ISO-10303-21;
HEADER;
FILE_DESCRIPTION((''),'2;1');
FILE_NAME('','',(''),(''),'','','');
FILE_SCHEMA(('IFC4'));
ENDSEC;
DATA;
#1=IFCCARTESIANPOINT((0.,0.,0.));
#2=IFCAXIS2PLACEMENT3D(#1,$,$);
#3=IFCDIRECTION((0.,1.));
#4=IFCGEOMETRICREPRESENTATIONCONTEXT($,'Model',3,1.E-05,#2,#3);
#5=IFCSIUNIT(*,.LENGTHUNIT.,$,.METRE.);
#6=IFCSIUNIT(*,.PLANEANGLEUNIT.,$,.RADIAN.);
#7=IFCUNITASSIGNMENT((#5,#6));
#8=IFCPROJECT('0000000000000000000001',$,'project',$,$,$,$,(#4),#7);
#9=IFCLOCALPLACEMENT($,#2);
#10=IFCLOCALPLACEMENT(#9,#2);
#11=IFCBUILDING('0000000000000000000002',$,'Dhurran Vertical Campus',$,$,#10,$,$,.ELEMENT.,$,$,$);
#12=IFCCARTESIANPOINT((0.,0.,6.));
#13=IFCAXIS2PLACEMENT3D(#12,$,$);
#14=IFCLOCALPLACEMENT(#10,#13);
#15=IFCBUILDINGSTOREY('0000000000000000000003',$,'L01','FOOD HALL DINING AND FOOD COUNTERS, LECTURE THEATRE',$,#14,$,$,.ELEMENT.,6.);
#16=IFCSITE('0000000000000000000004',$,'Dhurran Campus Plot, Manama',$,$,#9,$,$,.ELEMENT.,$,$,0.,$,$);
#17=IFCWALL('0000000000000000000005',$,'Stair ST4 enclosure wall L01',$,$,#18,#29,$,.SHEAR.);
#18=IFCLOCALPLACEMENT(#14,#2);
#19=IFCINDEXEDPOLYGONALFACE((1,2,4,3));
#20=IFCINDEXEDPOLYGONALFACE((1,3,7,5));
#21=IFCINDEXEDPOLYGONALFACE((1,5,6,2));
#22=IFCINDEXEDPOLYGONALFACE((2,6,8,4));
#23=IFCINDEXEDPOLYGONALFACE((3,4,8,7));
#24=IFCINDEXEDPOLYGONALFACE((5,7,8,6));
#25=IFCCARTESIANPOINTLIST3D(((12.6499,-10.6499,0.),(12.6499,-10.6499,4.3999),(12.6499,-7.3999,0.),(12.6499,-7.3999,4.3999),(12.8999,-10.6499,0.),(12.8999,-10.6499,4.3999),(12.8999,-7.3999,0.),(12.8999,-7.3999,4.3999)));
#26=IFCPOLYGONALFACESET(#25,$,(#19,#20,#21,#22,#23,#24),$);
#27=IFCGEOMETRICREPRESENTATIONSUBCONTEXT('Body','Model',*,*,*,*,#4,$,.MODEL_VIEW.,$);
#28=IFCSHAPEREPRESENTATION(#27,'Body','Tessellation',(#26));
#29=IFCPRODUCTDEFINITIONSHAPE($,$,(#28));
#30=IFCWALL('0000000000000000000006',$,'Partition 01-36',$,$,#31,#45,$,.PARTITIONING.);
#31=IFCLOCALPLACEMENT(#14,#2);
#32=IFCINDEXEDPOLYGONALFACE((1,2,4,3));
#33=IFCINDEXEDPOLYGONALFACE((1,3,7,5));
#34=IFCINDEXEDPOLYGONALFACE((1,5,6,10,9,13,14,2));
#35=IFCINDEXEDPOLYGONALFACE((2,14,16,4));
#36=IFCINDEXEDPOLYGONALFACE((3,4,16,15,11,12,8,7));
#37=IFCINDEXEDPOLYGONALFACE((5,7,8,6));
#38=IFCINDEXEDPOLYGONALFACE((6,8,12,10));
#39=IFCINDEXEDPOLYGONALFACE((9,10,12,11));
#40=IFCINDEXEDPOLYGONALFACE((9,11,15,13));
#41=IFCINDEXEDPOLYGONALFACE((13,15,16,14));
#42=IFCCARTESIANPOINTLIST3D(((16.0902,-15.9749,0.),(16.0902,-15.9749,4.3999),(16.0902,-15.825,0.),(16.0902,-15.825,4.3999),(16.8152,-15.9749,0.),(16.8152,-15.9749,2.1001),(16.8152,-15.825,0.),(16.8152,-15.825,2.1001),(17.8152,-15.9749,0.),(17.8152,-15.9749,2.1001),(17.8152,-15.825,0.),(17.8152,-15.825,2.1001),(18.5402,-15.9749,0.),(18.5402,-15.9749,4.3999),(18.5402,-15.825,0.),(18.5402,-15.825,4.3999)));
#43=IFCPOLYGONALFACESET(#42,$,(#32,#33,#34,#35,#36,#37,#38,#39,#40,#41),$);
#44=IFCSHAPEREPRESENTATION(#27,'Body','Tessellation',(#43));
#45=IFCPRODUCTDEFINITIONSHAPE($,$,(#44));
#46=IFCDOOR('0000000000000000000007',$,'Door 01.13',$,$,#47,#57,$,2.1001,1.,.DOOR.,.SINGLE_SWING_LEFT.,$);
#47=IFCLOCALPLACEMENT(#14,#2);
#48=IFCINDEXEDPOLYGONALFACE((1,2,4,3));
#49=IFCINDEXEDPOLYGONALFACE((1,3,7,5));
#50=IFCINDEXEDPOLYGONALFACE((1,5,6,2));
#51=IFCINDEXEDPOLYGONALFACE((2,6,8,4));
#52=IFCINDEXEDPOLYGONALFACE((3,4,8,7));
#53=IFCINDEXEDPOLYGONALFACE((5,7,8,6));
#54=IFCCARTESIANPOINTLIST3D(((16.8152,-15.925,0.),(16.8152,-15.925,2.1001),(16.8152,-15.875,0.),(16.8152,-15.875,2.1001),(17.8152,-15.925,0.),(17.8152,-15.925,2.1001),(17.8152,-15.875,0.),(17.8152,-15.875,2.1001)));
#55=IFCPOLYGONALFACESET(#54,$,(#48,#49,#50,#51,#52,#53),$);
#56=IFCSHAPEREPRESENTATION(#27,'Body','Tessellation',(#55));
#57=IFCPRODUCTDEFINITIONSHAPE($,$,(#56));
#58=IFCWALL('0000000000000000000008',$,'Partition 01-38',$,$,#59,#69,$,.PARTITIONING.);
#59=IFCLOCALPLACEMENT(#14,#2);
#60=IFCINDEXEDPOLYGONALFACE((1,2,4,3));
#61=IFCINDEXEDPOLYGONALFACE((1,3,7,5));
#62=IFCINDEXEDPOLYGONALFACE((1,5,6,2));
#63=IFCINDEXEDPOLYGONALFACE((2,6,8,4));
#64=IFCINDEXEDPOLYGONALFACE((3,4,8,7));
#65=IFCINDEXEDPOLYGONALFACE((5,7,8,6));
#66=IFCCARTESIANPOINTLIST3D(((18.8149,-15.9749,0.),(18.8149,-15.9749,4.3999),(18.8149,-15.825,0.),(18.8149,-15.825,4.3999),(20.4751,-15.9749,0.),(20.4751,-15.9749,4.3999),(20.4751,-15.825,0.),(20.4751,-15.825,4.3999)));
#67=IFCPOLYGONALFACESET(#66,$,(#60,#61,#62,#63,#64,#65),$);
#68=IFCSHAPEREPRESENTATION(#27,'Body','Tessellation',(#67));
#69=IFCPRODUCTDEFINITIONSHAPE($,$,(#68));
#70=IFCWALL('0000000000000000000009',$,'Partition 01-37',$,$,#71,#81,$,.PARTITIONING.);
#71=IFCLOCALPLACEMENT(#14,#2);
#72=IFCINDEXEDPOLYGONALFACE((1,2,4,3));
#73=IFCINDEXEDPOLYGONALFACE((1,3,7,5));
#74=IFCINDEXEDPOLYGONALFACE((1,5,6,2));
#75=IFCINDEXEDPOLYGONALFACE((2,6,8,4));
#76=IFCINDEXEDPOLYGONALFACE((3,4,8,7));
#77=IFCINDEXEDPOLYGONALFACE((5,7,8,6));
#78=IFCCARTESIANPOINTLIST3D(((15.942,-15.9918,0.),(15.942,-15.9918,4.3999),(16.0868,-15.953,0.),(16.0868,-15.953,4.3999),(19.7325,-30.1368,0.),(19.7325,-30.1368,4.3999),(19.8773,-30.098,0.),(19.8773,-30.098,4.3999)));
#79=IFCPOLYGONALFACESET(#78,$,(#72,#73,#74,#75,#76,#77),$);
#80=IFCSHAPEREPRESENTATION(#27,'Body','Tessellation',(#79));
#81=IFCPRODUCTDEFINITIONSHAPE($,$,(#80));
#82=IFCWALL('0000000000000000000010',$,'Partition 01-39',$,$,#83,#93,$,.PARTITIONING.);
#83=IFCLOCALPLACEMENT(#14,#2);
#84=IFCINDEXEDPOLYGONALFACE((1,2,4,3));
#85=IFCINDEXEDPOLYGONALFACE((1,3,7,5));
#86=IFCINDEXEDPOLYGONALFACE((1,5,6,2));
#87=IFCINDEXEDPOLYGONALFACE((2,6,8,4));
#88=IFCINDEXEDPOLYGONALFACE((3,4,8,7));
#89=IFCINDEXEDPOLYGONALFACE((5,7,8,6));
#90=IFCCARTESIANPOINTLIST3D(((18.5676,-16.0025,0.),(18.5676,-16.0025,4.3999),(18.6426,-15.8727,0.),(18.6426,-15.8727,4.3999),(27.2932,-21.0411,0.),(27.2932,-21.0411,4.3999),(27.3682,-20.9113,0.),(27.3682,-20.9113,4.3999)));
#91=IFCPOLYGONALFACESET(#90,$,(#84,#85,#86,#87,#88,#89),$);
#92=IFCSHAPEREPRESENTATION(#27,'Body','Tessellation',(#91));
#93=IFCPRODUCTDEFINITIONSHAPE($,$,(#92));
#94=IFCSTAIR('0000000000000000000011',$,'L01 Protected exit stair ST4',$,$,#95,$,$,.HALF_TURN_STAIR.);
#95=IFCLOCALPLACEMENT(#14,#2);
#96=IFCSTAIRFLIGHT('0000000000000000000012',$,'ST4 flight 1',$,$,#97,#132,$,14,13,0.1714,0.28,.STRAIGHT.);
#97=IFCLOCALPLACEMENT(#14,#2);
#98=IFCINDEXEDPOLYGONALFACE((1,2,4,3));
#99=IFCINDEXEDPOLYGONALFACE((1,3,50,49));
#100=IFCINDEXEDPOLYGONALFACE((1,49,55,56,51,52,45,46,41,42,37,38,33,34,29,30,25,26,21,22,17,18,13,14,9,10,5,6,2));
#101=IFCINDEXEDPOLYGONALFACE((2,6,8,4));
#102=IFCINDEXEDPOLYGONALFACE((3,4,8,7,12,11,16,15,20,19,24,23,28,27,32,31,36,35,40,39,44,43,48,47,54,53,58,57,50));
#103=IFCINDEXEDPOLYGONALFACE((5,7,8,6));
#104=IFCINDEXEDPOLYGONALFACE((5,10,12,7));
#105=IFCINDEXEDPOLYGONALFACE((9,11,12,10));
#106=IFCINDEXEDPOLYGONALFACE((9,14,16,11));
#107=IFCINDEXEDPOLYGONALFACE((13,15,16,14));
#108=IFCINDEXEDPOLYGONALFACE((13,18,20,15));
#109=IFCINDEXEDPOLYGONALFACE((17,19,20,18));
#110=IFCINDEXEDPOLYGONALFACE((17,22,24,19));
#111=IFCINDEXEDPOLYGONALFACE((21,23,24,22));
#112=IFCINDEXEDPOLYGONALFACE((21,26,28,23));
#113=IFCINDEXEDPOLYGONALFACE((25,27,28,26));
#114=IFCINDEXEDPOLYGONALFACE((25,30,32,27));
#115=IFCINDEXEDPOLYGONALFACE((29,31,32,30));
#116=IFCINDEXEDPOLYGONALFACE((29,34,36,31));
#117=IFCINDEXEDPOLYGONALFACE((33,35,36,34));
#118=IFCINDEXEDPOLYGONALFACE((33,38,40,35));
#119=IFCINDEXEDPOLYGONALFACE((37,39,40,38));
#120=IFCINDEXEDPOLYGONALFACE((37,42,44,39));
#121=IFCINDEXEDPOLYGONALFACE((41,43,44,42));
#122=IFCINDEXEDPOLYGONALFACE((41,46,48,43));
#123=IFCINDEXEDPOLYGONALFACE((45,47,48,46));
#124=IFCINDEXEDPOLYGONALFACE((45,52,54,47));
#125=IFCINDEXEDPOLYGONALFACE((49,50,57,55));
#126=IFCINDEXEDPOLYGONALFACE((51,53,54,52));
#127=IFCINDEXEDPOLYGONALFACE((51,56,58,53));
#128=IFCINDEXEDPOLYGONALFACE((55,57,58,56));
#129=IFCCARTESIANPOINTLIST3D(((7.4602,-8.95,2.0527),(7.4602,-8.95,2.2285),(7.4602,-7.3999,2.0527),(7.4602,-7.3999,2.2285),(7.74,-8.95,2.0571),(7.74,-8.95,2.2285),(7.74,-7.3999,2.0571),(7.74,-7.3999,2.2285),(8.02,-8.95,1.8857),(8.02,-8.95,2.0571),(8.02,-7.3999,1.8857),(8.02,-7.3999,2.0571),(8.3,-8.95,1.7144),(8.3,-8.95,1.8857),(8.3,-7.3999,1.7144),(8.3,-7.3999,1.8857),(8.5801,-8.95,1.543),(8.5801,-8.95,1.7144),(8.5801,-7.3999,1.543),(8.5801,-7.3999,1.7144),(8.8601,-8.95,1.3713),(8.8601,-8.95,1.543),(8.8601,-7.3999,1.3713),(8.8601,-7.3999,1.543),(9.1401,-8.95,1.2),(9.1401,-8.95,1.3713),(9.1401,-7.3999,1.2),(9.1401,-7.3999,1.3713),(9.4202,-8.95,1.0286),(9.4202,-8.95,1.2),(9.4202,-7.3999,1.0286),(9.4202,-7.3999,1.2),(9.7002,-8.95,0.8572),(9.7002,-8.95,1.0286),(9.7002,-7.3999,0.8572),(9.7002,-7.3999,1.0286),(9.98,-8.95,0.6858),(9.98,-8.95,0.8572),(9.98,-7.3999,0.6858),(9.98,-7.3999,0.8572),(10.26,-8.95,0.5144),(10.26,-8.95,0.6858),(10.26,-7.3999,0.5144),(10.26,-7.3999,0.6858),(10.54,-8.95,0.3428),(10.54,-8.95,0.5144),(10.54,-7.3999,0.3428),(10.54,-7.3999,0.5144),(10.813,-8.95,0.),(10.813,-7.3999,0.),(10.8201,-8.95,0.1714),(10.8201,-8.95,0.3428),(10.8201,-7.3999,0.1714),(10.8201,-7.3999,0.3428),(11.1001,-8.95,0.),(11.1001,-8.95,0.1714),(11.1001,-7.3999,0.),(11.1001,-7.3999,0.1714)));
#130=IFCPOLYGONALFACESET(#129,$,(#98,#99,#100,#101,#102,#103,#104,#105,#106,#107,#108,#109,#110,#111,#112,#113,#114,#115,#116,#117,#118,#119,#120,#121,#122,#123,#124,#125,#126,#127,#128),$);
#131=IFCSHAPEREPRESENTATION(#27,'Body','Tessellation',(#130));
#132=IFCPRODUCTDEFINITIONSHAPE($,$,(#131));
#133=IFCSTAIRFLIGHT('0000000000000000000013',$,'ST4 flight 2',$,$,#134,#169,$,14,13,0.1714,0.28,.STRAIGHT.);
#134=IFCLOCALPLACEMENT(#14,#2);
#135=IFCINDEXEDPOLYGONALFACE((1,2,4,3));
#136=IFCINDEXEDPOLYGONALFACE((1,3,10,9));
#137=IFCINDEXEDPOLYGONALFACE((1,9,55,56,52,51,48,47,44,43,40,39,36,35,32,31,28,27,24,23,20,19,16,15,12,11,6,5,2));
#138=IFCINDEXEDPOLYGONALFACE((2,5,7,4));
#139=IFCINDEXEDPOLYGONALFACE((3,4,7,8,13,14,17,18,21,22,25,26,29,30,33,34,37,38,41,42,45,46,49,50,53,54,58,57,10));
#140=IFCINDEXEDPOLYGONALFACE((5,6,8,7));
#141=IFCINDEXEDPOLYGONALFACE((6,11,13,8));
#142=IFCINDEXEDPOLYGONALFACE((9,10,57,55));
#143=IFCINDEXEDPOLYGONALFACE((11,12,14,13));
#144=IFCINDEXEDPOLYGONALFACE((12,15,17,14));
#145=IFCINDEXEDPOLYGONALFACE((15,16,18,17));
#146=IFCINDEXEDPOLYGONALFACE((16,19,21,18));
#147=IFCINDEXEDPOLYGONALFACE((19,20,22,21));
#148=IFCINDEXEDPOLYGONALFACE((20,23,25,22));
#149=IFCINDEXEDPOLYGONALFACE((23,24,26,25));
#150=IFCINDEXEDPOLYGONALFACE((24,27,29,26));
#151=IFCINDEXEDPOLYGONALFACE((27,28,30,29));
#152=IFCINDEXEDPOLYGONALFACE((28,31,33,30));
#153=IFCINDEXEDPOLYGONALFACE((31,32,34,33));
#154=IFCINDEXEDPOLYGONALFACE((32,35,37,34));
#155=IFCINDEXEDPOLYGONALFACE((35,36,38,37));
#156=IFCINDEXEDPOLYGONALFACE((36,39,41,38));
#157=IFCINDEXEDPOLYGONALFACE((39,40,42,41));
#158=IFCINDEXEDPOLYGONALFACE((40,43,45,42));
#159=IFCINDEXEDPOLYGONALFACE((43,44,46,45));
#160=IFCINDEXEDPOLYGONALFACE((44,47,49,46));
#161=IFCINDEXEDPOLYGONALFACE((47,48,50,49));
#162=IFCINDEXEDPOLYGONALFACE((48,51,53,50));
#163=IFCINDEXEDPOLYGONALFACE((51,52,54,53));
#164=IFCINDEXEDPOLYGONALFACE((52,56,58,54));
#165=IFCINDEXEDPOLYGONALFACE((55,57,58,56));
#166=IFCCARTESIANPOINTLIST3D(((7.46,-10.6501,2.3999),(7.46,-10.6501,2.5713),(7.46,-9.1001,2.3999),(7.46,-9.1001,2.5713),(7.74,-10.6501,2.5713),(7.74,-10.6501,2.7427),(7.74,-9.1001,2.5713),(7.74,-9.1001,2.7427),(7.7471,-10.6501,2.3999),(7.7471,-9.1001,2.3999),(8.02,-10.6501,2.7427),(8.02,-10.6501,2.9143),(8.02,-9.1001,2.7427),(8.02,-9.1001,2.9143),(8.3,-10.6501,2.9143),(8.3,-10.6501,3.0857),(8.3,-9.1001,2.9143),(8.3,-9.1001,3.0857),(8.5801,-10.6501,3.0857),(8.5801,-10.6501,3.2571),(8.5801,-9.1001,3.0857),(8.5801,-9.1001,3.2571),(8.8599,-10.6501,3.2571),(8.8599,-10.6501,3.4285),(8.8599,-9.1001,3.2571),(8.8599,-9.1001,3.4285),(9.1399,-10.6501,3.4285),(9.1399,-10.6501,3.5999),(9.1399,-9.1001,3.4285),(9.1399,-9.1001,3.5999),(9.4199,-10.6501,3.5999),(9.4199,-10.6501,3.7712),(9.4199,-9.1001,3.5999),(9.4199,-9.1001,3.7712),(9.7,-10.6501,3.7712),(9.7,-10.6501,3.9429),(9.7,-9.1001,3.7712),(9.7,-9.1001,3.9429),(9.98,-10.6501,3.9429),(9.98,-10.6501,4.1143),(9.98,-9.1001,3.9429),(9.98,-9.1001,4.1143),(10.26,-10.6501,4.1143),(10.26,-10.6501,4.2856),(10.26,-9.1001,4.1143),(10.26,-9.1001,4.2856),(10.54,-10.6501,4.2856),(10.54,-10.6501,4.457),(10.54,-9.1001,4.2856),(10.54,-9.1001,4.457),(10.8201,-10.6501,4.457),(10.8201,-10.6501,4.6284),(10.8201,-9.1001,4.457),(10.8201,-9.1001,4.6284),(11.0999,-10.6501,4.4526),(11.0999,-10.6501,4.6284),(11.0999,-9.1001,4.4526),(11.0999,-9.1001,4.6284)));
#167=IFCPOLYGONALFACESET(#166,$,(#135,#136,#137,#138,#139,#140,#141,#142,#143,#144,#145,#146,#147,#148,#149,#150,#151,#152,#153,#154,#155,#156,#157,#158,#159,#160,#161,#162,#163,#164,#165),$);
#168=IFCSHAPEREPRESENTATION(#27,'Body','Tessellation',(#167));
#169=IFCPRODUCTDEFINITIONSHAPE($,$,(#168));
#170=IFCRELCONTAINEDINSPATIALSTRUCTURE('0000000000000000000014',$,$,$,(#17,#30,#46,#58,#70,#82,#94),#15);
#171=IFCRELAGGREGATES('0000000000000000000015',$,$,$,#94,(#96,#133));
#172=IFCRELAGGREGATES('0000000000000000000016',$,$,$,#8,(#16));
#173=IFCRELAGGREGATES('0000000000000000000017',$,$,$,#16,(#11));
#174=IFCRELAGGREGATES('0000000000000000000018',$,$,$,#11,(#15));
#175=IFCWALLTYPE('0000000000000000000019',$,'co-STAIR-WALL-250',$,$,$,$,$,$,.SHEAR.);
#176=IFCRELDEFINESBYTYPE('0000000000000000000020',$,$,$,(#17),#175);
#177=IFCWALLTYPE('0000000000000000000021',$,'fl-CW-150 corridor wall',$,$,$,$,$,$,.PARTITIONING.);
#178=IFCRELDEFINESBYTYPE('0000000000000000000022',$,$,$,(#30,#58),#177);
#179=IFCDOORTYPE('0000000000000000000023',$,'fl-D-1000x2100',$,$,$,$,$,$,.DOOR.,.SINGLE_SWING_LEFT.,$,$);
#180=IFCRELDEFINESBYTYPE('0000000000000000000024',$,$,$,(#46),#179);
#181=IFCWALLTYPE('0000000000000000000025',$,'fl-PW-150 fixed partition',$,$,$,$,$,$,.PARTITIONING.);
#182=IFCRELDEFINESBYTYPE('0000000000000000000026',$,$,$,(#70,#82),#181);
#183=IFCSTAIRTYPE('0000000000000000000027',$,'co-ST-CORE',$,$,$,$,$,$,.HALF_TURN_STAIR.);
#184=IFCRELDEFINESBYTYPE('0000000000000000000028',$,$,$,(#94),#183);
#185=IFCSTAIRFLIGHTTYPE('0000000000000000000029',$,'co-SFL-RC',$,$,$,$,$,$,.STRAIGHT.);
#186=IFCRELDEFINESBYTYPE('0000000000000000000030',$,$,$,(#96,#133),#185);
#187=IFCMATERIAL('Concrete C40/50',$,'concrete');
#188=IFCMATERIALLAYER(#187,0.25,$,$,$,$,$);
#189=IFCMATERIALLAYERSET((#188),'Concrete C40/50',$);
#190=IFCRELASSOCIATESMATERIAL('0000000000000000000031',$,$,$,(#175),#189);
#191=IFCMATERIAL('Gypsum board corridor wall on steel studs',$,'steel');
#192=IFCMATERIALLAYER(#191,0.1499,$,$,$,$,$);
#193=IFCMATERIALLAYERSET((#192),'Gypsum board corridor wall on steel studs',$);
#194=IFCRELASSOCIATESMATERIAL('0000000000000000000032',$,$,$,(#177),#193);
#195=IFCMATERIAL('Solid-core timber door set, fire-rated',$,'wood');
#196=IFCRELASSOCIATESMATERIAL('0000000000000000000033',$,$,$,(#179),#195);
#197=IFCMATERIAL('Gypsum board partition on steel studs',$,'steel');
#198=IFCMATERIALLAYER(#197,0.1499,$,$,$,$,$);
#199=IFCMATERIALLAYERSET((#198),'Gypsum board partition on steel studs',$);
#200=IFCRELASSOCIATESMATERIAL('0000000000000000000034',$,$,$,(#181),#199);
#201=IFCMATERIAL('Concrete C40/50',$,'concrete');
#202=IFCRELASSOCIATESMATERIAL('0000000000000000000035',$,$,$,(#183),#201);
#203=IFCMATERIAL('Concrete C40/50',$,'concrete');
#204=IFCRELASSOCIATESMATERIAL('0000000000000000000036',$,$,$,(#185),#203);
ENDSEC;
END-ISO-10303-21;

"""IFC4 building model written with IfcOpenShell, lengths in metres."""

from ifc_helpers import new_model, si_unit, direction, frame, frame_2d, origin, place, context, subcontext, project, spatial, polyline, rectangle, outline, extrude, material, layer, layer_set, type_object, element, fill, aggregate, save


model = new_model("IFC4")

# Units and contexts
model_context = context("Model", 3, precision=1e-05, world=origin(), true_north=direction((0.0, 1.0)))
body_context = subcontext(model_context, "Body", "Model", "MODEL_VIEW")
ifc_project = project(units=[si_unit("LENGTHUNIT", "METRE"), si_unit("PLANEANGLEUNIT", "RADIAN")], contexts=[model_context])

# Site, building, storey
site_placement = place(None, origin())
site = spatial("IfcSite", under=ifc_project, at=site_placement, Name="Dhurran Campus Plot, Manama", CompositionType="ELEMENT", RefElevation=0.0)
building_placement = place(site_placement, origin())
building = spatial("IfcBuilding", under=site, at=building_placement, Name="Dhurran Vertical Campus", CompositionType="ELEMENT")
storey_placement = place(building_placement, frame((0.0, 0.0, 6.0)))
storey = spatial("IfcBuildingStorey", under=building, at=storey_placement, Name="L01", Description="FOOD HALL DINING AND FOOD COUNTERS, LECTURE THEATRE", CompositionType="ELEMENT", Elevation=6.0)

# Wall
ifc_material_1 = material(Name="Concrete C40/50", Category="concrete")
ifc_layer_1 = layer(ifc_material_1, 0.25)
ifc_layer_set_1 = layer_set([ifc_layer_1], Name="Concrete C40/50")
wall_type_1 = type_object("IfcWallType", Name="co-STAIR-WALL-250", PredefinedType="SHEAR", material=ifc_layer_set_1)
wall_1_placement = place(storey_placement, frame((12.7749, -10.6499, 0.0), z_axis=(0.0, 0.0, 1.0), x_axis=(0.0, 1.0, 0.0)))
element("IfcWall", 1, at=wall_1_placement, inside=storey, type_object=wall_type_1, Name="Stair ST4 enclosure wall L01", PredefinedType="SHEAR", context=body_context, shape_type="SweptSolid", body=[
    extrude(rectangle(XDim=3.25, YDim=0.25, at=frame_2d((1.625, 0.0))), origin(), (0.0, 0.0, 1.0), 4.3999),
])

# Wall, opening, door
ifc_material_2 = material(Name="Gypsum board corridor wall on steel studs", Category="steel")
ifc_layer_2 = layer(ifc_material_2, 0.1499)
ifc_layer_set_2 = layer_set([ifc_layer_2], Name="Gypsum board corridor wall on steel studs")
wall_type_2 = type_object("IfcWallType", Name="fl-CW-150 corridor wall", PredefinedType="PARTITIONING", material=ifc_layer_set_2)
wall_2_placement = place(storey_placement, frame((16.0901, -15.8999, 0.0), z_axis=(0.0, 0.0, 1.0), x_axis=(1.0, 0.0, 0.0)))
wall_2 = element("IfcWall", 2, at=wall_2_placement, inside=storey, type_object=wall_type_2, Name="Partition 01-36", PredefinedType="PARTITIONING", context=body_context, shape_type="SweptSolid", body=[
    extrude(rectangle(XDim=2.45, YDim=0.1499, at=frame_2d((1.2251, 0.0))), origin(), (0.0, 0.0, 1.0), 4.3999),
])
opening_1_placement = place(wall_2_placement, frame((0.7251, 0.0, 0.0)))
opening_1 = element("IfcOpeningElement", 3, at=opening_1_placement, cuts=wall_2, PredefinedType="OPENING", context=body_context, shape_type="SweptSolid", body=[
    extrude(rectangle(XDim=1.0, YDim=2.1001, at=frame_2d((0.5, 1.05))), frame((0.0, 0.085, 0.0), z_axis=(0.0, -1.0, 0.0), x_axis=(1.0, 0.0, 0.0)), (0.0, 0.0, 1.0), 0.1699),
])
ifc_material_3 = material(Name="Solid-core timber door set, fire-rated", Category="wood")
door_type_1 = type_object("IfcDoorType", Name="fl-D-1000x2100", OperationType="SINGLE_SWING_LEFT", PredefinedType="DOOR", material=ifc_material_3)
door_1_placement = place(opening_1_placement, origin())
door_1 = element("IfcDoor", 4, at=door_1_placement, inside=storey, type_object=door_type_1, Name="Door 01.13", OperationType="SINGLE_SWING_LEFT", OverallHeight=2.1001, OverallWidth=1.0, PredefinedType="DOOR", context=body_context, shape_type="SweptSolid", body=[
    extrude(rectangle(XDim=1.0, YDim=2.1001, at=frame_2d((0.5, 1.05))), frame((0.0, 0.0249, 0.0), z_axis=(0.0, -1.0, 0.0), x_axis=(1.0, 0.0, 0.0)), (0.0, 0.0, 1.0), 0.05),
])
fill(opening_1, door_1)

# Walls
wall_3_placement = place(storey_placement, frame((18.8149, -15.8999, 0.0), z_axis=(0.0, 0.0, 1.0), x_axis=(1.0, 0.0, 0.0)))
element("IfcWall", 5, at=wall_3_placement, inside=storey, type_object=wall_type_2, Name="Partition 01-38", PredefinedType="PARTITIONING", context=body_context, shape_type="SweptSolid", body=[
    extrude(rectangle(XDim=1.6602, YDim=0.1499, at=frame_2d((0.8301, 0.0))), origin(), (0.0, 0.0, 1.0), 4.3999),
])
ifc_material_4 = material(Name="Gypsum board partition on steel studs", Category="steel")
ifc_layer_3 = layer(ifc_material_4, 0.1499)
ifc_layer_set_3 = layer_set([ifc_layer_3], Name="Gypsum board partition on steel studs")
wall_type_3 = type_object("IfcWallType", Name="fl-PW-150 fixed partition", PredefinedType="PARTITIONING", material=ifc_layer_set_3)
wall_4_placement = place(storey_placement, frame((16.0144, -15.9724, 0.0), z_axis=(0.0, 0.0, 1.0), x_axis=(0.258843, -0.965919, 0.0)))
element("IfcWall", 6, at=wall_4_placement, inside=storey, type_object=wall_type_3, Name="Partition 01-37", PredefinedType="PARTITIONING", context=body_context, shape_type="SweptSolid", body=[
    extrude(rectangle(XDim=14.644, YDim=0.1499, at=frame_2d((7.322, 0.0))), origin(), (0.0, 0.0, 1.0), 4.3999),
])
wall_5_placement = place(storey_placement, frame((18.605, -15.9375, 0.0), z_axis=(0.0, 0.0, 1.0), x_axis=(0.865989, -0.500064, 0.0)))
element("IfcWall", 7, at=wall_5_placement, inside=storey, type_object=wall_type_3, Name="Partition 01-39", PredefinedType="PARTITIONING", context=body_context, shape_type="SweptSolid", body=[
    extrude(rectangle(XDim=10.0759, YDim=0.1499, at=frame_2d((5.0381, 0.0))), origin(), (0.0, 0.0, 1.0), 4.3999),
])

# Stair, stair flights
ifc_material_5 = material(Name="Concrete C40/50", Category="concrete")
stair_type = type_object("IfcStairType", Name="co-ST-CORE", PredefinedType="HALF_TURN_STAIR", material=ifc_material_5)
stair_placement = place(storey_placement, origin())
stair = element("IfcStair", 8, at=stair_placement, inside=storey, type_object=stair_type, Name="L01 Protected exit stair ST4", PredefinedType="HALF_TURN_STAIR")
ifc_material_6 = material(Name="Concrete C40/50", Category="concrete")
stair_flight_type = type_object("IfcStairFlightType", Name="co-SFL-RC", PredefinedType="STRAIGHT", material=ifc_material_6)
stair_flight_1_placement = place(storey_placement, frame((11.1001, -8.175, 0.0), z_axis=(0.0, 0.0, 1.0), x_axis=(-1.0, 0.0, 0.0)))
stair_flight_1 = element("IfcStairFlight", 9, at=stair_flight_1_placement, type_object=stair_flight_type, Name="ST4 flight 1", NumberOfRisers=14, NumberOfTreads=13, PredefinedType="STRAIGHT", RiserHeight=0.1714, TreadLength=0.28, context=body_context, shape_type="SweptSolid", body=[
    extrude(outline(polyline([(0.0, 0.0), (0.0, 0.1714), (0.28, 0.1714), (0.28, 0.3428), (0.5601, 0.3428), (0.5601, 0.5144), (0.8401, 0.5144), (0.8401, 0.6858), (1.1201, 0.6858), (1.1201, 0.8572), (1.3999, 0.8572), (1.3999, 1.0286), (1.6799, 1.0286), (1.6799, 1.2), (1.96, 1.2), (1.96, 1.3713), (2.24, 1.3713), (2.24, 1.543), (2.52, 1.543), (2.52, 1.7144), (2.8, 1.7144), (2.8, 1.8857), (3.0801, 1.8857), (3.0801, 2.0571), (3.3601, 2.0571), (3.3601, 2.2285), (3.6399, 2.2285), (3.6399, 2.3999), (3.6399, 2.0527), (0.2871, 0.0), (0.0, 0.0)])), frame((0.0, 0.7749, 0.0), z_axis=(0.0, -1.0, 0.0), x_axis=(1.0, 0.0, 0.0)), (0.0, 0.0, 1.0), 1.55),
])
stair_flight_2_placement = place(storey_placement, frame((7.46, -9.875, 2.3999), z_axis=(0.0, 0.0, 1.0), x_axis=(1.0, 0.0, 0.0)))
stair_flight_2 = element("IfcStairFlight", 10, at=stair_flight_2_placement, type_object=stair_flight_type, Name="ST4 flight 2", NumberOfRisers=14, NumberOfTreads=13, PredefinedType="STRAIGHT", RiserHeight=0.1714, TreadLength=0.28, context=body_context, shape_type="SweptSolid", body=[
    extrude(outline(polyline([(0.0, 0.0), (0.0, 0.1714), (0.28, 0.1714), (0.28, 0.3428), (0.5601, 0.3428), (0.5601, 0.5144), (0.8401, 0.5144), (0.8401, 0.6858), (1.1201, 0.6858), (1.1201, 0.8572), (1.3999, 0.8572), (1.3999, 1.0286), (1.6799, 1.0286), (1.6799, 1.2), (1.96, 1.2), (1.96, 1.3713), (2.24, 1.3713), (2.24, 1.543), (2.52, 1.543), (2.52, 1.7144), (2.8, 1.7144), (2.8, 1.8857), (3.0801, 1.8857), (3.0801, 2.0571), (3.3601, 2.0571), (3.3601, 2.2285), (3.6399, 2.2285), (3.6399, 2.3999), (3.6399, 2.0527), (0.2871, 0.0), (0.0, 0.0)])), frame((0.0, 0.7749, 0.0), z_axis=(0.0, -1.0, 0.0), x_axis=(1.0, 0.0, 0.0)), (0.0, 0.0, 1.0), 1.55),
])
aggregate(stair, [stair_flight_1, stair_flight_2])

save(model, "model.ifc")
